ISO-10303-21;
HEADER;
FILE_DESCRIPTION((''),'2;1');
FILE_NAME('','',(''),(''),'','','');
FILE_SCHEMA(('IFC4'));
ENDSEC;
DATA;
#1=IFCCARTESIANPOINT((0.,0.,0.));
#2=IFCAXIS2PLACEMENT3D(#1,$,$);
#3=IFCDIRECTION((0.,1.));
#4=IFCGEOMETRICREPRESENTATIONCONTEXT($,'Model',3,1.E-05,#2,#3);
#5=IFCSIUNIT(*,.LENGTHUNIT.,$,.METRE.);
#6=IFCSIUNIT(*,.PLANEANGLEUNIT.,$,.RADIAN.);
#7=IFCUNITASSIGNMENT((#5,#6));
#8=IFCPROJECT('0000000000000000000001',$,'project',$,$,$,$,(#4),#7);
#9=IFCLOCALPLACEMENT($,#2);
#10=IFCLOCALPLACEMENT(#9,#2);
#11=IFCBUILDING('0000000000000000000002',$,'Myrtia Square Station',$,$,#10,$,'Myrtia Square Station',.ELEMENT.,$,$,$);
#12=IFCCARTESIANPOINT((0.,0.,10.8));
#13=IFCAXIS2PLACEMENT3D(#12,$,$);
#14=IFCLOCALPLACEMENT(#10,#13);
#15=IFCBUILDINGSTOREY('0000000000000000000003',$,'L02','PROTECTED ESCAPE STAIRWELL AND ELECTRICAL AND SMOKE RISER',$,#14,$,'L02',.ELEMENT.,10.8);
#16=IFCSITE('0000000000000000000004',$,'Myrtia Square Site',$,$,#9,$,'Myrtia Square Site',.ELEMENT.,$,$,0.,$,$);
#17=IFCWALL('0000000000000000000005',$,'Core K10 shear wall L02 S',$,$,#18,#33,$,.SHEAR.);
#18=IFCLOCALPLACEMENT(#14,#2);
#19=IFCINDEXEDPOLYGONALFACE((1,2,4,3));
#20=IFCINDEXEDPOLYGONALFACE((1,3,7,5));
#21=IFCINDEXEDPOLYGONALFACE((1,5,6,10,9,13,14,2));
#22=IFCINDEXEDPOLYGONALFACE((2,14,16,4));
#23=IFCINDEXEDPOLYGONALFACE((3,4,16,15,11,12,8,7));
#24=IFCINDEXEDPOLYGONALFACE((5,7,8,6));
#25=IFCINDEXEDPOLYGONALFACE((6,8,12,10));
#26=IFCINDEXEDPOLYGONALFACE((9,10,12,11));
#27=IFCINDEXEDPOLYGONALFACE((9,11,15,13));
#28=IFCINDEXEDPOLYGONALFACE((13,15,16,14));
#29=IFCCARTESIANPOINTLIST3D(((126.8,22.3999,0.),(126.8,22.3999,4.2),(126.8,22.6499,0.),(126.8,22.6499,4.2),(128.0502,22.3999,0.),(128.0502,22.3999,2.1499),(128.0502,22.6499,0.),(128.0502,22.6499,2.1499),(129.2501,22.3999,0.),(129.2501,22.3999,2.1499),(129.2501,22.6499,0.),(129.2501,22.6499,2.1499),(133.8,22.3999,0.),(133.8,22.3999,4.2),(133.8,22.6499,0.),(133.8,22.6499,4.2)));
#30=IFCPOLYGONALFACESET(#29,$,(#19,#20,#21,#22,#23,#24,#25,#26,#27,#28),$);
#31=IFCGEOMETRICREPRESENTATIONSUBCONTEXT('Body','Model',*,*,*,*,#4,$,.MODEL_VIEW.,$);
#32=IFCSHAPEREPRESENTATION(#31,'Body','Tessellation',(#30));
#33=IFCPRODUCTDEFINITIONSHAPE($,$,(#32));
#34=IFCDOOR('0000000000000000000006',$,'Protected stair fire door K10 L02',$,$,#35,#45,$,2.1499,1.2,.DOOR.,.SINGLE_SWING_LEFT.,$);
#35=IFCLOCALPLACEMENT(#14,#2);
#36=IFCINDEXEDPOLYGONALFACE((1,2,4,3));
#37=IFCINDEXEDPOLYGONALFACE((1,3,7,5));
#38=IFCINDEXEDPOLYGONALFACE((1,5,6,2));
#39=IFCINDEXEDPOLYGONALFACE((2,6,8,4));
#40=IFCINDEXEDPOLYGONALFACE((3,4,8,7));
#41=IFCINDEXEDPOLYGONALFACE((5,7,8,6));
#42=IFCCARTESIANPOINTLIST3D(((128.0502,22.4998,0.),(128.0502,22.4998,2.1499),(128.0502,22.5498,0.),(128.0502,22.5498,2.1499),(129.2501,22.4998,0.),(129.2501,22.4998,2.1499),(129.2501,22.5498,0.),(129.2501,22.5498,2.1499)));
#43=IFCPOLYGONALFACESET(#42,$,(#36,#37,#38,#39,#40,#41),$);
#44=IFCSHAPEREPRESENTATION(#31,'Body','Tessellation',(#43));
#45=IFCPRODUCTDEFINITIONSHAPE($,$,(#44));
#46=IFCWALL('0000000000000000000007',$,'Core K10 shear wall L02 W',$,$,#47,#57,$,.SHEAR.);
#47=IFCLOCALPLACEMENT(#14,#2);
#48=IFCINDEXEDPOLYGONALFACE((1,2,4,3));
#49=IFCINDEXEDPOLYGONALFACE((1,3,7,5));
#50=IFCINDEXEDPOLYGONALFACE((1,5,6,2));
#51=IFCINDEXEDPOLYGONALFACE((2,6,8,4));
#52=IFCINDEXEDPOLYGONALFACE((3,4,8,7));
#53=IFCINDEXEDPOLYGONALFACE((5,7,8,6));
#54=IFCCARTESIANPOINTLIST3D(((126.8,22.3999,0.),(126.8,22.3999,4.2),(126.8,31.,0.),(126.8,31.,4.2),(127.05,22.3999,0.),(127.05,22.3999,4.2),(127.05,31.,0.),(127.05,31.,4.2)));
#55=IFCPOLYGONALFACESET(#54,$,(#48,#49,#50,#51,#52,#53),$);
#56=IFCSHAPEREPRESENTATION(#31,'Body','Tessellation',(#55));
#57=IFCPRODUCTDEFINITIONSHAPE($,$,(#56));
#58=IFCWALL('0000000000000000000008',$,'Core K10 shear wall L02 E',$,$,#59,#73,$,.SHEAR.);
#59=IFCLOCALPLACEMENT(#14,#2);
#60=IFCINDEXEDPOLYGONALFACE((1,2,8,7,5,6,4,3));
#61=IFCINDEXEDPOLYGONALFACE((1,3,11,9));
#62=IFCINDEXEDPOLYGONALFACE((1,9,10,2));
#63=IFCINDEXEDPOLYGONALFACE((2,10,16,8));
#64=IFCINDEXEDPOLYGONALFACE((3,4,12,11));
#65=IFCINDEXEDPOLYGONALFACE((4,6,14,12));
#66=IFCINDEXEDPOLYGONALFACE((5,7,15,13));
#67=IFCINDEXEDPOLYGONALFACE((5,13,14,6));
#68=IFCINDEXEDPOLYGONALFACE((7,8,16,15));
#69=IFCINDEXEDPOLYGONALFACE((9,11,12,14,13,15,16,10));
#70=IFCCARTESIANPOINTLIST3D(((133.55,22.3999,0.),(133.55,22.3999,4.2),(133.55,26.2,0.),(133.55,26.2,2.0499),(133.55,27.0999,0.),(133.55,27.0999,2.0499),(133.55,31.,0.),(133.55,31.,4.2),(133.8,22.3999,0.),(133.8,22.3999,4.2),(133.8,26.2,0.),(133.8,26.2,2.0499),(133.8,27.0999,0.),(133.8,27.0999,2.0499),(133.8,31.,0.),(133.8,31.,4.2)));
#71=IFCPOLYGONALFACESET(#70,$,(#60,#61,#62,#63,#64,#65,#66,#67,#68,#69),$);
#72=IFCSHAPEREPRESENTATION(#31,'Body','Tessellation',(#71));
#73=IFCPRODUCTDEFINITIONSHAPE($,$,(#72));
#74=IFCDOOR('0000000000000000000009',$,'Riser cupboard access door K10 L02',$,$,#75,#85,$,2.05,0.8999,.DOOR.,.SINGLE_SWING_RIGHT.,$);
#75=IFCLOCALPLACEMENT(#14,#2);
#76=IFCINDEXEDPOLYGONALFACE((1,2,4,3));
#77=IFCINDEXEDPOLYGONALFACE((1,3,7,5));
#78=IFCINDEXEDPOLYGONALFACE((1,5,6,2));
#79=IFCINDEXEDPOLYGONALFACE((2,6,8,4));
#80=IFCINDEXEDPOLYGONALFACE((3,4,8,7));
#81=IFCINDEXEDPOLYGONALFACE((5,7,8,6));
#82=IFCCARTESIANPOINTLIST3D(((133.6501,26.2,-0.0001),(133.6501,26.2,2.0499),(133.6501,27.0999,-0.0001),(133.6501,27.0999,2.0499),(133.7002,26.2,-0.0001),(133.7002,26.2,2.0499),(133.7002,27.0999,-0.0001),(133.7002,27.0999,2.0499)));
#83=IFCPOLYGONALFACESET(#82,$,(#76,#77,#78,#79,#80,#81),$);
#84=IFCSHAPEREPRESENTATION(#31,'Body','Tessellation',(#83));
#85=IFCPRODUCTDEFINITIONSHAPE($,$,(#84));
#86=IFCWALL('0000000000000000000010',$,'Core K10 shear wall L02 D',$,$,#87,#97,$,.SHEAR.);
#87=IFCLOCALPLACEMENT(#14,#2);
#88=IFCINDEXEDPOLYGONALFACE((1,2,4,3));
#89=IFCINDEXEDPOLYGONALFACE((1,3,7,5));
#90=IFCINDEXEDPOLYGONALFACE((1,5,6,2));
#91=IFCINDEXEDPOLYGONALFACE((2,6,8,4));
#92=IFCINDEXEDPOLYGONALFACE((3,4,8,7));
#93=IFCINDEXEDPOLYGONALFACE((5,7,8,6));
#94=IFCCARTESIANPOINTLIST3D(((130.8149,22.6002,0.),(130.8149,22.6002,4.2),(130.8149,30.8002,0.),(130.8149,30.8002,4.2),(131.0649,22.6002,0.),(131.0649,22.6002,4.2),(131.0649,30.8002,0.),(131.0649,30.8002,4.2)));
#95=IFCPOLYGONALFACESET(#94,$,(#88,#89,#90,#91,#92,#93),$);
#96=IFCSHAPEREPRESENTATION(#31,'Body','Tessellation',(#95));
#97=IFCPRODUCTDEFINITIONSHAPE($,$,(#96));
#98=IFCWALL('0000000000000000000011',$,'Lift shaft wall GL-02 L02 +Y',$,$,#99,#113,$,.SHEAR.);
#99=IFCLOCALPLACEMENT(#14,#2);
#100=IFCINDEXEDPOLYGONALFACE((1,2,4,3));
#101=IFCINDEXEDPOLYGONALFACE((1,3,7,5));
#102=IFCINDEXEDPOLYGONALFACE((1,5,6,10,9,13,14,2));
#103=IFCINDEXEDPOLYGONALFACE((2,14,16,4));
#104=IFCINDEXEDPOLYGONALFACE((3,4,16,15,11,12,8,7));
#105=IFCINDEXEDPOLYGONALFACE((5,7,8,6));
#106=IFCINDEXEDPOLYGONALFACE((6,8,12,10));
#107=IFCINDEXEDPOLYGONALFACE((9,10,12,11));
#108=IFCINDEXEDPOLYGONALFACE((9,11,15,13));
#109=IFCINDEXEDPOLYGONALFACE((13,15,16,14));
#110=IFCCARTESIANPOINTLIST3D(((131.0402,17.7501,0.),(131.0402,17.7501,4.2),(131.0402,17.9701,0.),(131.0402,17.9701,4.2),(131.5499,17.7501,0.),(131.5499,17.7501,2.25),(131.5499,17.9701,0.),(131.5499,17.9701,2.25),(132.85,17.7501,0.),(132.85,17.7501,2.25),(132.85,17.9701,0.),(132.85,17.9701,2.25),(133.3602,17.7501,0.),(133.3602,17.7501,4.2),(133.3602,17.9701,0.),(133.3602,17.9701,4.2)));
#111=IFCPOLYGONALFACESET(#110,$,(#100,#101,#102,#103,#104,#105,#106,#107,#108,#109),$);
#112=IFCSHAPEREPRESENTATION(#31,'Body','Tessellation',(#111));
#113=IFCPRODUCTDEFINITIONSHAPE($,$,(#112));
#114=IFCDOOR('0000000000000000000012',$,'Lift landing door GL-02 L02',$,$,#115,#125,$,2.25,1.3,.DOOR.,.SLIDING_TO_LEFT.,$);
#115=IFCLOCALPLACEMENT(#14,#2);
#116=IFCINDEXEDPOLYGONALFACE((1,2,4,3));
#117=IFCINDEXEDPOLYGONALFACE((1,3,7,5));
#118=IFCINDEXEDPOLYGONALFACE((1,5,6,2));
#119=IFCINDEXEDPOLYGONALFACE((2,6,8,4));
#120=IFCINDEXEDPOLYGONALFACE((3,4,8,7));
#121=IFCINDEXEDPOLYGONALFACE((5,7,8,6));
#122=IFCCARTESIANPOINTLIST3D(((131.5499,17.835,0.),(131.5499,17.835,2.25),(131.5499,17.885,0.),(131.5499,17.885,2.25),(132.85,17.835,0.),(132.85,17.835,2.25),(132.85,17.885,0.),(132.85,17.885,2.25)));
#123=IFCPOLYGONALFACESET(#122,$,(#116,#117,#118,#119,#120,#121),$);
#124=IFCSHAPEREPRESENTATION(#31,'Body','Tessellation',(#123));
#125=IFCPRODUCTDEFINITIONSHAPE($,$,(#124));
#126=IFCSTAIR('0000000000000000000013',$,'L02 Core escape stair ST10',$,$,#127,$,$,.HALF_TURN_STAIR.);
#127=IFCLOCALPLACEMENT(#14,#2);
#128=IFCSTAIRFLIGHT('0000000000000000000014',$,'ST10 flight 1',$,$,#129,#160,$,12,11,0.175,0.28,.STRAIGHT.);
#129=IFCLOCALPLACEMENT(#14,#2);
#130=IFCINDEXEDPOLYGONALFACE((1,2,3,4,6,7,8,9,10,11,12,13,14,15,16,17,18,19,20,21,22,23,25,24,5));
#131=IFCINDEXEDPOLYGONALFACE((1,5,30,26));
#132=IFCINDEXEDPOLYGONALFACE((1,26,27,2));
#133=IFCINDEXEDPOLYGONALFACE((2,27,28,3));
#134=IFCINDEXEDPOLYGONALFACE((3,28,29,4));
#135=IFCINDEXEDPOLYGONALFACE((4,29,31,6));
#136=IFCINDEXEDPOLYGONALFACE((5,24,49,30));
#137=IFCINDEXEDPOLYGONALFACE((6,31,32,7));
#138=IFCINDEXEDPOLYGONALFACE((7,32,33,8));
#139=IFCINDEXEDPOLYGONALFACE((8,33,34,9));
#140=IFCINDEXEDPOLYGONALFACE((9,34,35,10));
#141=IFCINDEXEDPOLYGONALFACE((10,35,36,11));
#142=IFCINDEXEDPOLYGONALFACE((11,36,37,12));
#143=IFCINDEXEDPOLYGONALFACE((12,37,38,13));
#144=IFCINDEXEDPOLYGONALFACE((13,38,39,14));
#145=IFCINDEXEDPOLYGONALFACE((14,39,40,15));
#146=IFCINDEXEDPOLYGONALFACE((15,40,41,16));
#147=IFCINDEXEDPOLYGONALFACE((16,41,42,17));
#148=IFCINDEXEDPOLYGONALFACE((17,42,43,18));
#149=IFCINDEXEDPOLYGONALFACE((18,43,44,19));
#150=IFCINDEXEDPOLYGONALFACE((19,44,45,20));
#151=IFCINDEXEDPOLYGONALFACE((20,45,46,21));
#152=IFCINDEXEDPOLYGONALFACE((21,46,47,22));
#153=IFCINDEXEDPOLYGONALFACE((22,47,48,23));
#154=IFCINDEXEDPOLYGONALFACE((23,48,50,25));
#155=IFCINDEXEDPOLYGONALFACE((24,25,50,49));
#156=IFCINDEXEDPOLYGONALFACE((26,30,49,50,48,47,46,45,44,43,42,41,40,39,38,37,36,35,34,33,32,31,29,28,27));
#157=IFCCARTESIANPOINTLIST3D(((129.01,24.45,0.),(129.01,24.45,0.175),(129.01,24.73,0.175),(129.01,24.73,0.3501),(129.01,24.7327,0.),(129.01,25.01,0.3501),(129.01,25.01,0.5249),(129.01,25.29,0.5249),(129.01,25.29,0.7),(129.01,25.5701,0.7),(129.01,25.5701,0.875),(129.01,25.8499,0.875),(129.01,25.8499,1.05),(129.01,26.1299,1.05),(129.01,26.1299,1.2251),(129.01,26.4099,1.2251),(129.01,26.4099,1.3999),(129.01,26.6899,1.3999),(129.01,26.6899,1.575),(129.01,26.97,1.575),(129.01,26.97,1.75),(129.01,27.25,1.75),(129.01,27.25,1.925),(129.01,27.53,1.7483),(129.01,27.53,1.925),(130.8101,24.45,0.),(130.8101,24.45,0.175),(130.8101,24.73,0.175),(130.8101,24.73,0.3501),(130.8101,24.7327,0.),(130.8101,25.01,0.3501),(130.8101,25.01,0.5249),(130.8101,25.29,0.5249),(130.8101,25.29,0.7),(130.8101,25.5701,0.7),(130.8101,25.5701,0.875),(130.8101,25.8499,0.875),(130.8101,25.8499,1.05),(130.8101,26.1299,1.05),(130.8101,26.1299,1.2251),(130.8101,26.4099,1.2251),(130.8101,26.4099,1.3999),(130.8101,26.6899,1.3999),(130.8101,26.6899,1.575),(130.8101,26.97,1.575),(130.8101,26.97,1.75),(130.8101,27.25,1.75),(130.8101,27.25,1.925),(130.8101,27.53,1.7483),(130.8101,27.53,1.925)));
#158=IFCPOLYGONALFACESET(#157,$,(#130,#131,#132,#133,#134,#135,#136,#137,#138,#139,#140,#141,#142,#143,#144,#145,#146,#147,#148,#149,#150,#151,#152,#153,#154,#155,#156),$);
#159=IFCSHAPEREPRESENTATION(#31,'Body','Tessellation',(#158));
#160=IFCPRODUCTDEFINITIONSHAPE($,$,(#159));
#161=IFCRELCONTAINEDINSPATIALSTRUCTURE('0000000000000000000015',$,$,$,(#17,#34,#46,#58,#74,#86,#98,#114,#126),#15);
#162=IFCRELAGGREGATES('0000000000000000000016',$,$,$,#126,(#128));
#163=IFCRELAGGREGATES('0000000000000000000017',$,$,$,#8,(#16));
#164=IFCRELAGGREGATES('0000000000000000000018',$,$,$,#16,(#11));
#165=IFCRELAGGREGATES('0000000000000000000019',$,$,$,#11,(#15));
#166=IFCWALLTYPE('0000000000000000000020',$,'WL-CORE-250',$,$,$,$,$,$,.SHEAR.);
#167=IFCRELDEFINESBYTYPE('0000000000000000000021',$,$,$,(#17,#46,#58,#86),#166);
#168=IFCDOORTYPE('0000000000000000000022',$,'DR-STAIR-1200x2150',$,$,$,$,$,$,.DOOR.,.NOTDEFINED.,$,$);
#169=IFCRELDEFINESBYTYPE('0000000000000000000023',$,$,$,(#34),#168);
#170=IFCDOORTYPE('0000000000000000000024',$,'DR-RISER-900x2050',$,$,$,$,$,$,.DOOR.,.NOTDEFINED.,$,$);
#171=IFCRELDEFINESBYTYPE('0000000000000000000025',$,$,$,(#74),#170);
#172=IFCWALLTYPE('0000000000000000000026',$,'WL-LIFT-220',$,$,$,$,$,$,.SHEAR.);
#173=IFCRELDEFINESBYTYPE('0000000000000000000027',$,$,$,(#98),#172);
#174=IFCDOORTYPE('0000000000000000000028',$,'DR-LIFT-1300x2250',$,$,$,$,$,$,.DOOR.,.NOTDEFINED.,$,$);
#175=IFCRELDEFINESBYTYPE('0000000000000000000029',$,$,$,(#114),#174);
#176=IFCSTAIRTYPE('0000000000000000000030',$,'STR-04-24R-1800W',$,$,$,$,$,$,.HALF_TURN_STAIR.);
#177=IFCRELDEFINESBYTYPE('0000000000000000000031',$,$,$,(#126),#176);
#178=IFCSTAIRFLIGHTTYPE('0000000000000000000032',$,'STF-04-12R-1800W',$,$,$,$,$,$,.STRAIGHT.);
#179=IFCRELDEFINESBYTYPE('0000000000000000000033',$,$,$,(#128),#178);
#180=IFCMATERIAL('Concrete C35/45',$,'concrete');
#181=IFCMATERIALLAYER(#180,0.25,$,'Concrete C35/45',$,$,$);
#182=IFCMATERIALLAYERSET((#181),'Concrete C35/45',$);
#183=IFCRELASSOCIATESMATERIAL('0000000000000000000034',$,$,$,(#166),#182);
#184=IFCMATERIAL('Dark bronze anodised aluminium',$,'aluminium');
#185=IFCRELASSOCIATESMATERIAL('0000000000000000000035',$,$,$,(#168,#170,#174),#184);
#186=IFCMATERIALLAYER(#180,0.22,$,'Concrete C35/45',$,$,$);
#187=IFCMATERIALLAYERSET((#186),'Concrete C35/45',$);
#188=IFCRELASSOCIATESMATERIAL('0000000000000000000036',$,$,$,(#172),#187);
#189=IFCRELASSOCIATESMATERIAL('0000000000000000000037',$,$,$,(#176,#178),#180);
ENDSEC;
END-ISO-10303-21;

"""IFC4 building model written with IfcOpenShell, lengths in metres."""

from ifc_helpers import new_model, si_unit, direction, frame, frame_2d, origin, place, context, subcontext, project, spatial, polyline, rectangle, outline, extrude, material, layer, layer_set, type_object, element, fill, aggregate, save


model = new_model("IFC4")

# Units and contexts
model_context = context("Model", 3, precision=1e-05, world=origin(), true_north=direction((0.0, 1.0)))
body_context = subcontext(model_context, "Body", "Model", "MODEL_VIEW")
ifc_project = project(units=[si_unit("LENGTHUNIT", "METRE"), si_unit("PLANEANGLEUNIT", "RADIAN")], contexts=[model_context])

# Site, building, storey
site_placement = place(None, origin())
site = spatial("IfcSite", under=ifc_project, at=site_placement, Name="Myrtia Square Site", LongName="Myrtia Square Site", CompositionType="ELEMENT", RefElevation=0.0)
building_placement = place(site_placement, origin())
building = spatial("IfcBuilding", under=site, at=building_placement, Name="Myrtia Square Station", LongName="Myrtia Square Station", CompositionType="ELEMENT")
storey_placement = place(building_placement, frame((0.0, 0.0, 10.8)))
storey = spatial("IfcBuildingStorey", under=building, at=storey_placement, Name="L02", Description="PROTECTED ESCAPE STAIRWELL AND ELECTRICAL AND SMOKE RISER", LongName="L02", CompositionType="ELEMENT", Elevation=10.8)

# Shared definitions
ifc_material_1 = material(Name="Concrete C35/45", Category="concrete")
ifc_layer_1 = layer(ifc_material_1, 0.25, Name="Concrete C35/45")
ifc_layer_set_1 = layer_set([ifc_layer_1], Name="Concrete C35/45")
wall_type_1 = type_object("IfcWallType", Name="WL-CORE-250", PredefinedType="SHEAR", material=ifc_layer_set_1)
ifc_material_2 = material(Name="Dark bronze anodised aluminium", Category="aluminium")
door_type_1 = type_object("IfcDoorType", Name="DR-STAIR-1200x2150", OperationType="NOTDEFINED", PredefinedType="DOOR", material=ifc_material_2)

# Wall, opening, door
wall_1_placement = place(storey_placement, frame((126.8, 22.5249, 0.0), z_axis=(0.0, 0.0, 1.0), x_axis=(1.0, 0.0, 0.0)))
wall_1 = element("IfcWall", 1, at=wall_1_placement, inside=storey, type_object=wall_type_1, Name="Core K10 shear wall L02 S", PredefinedType="SHEAR", context=body_context, shape_type="SweptSolid", body=[
    extrude(rectangle(XDim=7.0, YDim=0.25, at=frame_2d((3.5, 0.0))), origin(), (0.0, 0.0, 1.0), 4.2),
])
opening_1_placement = place(wall_1_placement, frame((1.25, 0.0, 0.0)))
opening_1 = element("IfcOpeningElement", 2, at=opening_1_placement, cuts=wall_1, PredefinedType="OPENING", context=body_context, shape_type="SweptSolid", body=[
    extrude(rectangle(XDim=1.2, YDim=2.1499, at=frame_2d((0.6001, 1.075))), frame((0.0, 0.1399, 0.0), z_axis=(0.0, -1.0, 0.0), x_axis=(1.0, 0.0, 0.0)), (0.0, 0.0, 1.0), 0.28),
])
door_1_placement = place(opening_1_placement, origin())
door_1 = element("IfcDoor", 3, at=door_1_placement, inside=storey, type_object=door_type_1, Name="Protected stair fire door K10 L02", OperationType="SINGLE_SWING_LEFT", OverallHeight=2.1499, OverallWidth=1.2, PredefinedType="DOOR", context=body_context, shape_type="SweptSolid", body=[
    extrude(rectangle(XDim=1.2, YDim=2.1499, at=frame_2d((0.6001, 1.075))), frame((0.0, 0.0249, 0.0), z_axis=(0.0, -1.0, 0.0), x_axis=(1.0, 0.0, 0.0)), (0.0, 0.0, 1.0), 0.05),
])
fill(opening_1, door_1)

# Wall
wall_2_placement = place(storey_placement, frame((126.925, 22.3999, 0.0), z_axis=(0.0, 0.0, 1.0), x_axis=(0.0, 1.0, 0.0)))
element("IfcWall", 4, at=wall_2_placement, inside=storey, type_object=wall_type_1, Name="Core K10 shear wall L02 W", PredefinedType="SHEAR", context=body_context, shape_type="SweptSolid", body=[
    extrude(rectangle(XDim=8.6001, YDim=0.25, at=frame_2d((4.3, 0.0))), origin(), (0.0, 0.0, 1.0), 4.2),
])

# Wall, opening, door
wall_3_placement = place(storey_placement, frame((133.675, 22.3999, 0.0), z_axis=(0.0, 0.0, 1.0), x_axis=(0.0, 1.0, 0.0)))
wall_3 = element("IfcWall", 5, at=wall_3_placement, inside=storey, type_object=wall_type_1, Name="Core K10 shear wall L02 E", PredefinedType="SHEAR", context=body_context, shape_type="SweptSolid", body=[
    extrude(rectangle(XDim=8.6001, YDim=0.25, at=frame_2d((4.3, 0.0))), origin(), (0.0, 0.0, 1.0), 4.2),
])
opening_2_placement = place(wall_3_placement, frame((3.8, 0.0, 0.0)))
opening_2 = element("IfcOpeningElement", 6, at=opening_2_placement, cuts=wall_3, PredefinedType="OPENING", context=body_context, shape_type="SweptSolid", body=[
    extrude(rectangle(XDim=0.8999, YDim=2.05, at=frame_2d((0.45, 1.0249))), frame((0.0, 0.1399, 0.0), z_axis=(0.0, -1.0, 0.0), x_axis=(1.0, 0.0, 0.0)), (0.0, 0.0, 1.0), 0.28),
])
door_type_2 = type_object("IfcDoorType", Name="DR-RISER-900x2050", OperationType="NOTDEFINED", PredefinedType="DOOR", material=ifc_material_2)
door_2_placement = place(opening_2_placement, origin())
door_2 = element("IfcDoor", 7, at=door_2_placement, inside=storey, type_object=door_type_2, Name="Riser cupboard access door K10 L02", OperationType="SINGLE_SWING_RIGHT", OverallHeight=2.05, OverallWidth=0.8999, PredefinedType="DOOR", context=body_context, shape_type="SweptSolid", body=[
    extrude(rectangle(XDim=0.8999, YDim=2.05, at=frame_2d((0.45, 1.0249))), frame((0.0, 0.0249, 0.0), z_axis=(0.0, -1.0, 0.0), x_axis=(1.0, 0.0, 0.0)), (0.0, 0.0, 1.0), 0.05),
])
fill(opening_2, door_2)

# Wall
wall_4_placement = place(storey_placement, frame((130.9399, 22.6001, 0.0), z_axis=(0.0, 0.0, 1.0), x_axis=(0.0, 1.0, 0.0)))
element("IfcWall", 8, at=wall_4_placement, inside=storey, type_object=wall_type_1, Name="Core K10 shear wall L02 D", PredefinedType="SHEAR", context=body_context, shape_type="SweptSolid", body=[
    extrude(rectangle(XDim=8.2, YDim=0.25, at=frame_2d((4.1001, 0.0))), origin(), (0.0, 0.0, 1.0), 4.2),
])

# Wall, opening, door
ifc_layer_2 = layer(ifc_material_1, 0.22, Name="Concrete C35/45")
ifc_layer_set_2 = layer_set([ifc_layer_2], Name="Concrete C35/45")
wall_type_2 = type_object("IfcWallType", Name="WL-LIFT-220", PredefinedType="SHEAR", material=ifc_layer_set_2)
wall_5_placement = place(storey_placement, frame((131.04, 17.8601, 0.0), z_axis=(0.0, 0.0, 1.0), x_axis=(1.0, 0.0, 0.0)))
wall_5 = element("IfcWall", 9, at=wall_5_placement, inside=storey, type_object=wall_type_2, Name="Lift shaft wall GL-02 L02 +Y", PredefinedType="SHEAR", context=body_context, shape_type="SweptSolid", body=[
    extrude(rectangle(XDim=2.3201, YDim=0.22, at=frame_2d((1.1602, 0.0))), origin(), (0.0, 0.0, 1.0), 4.2),
])
opening_3_placement = place(wall_5_placement, frame((0.51, 0.0, 0.0)))
opening_3 = element("IfcOpeningElement", 10, at=opening_3_placement, cuts=wall_5, PredefinedType="OPENING", context=body_context, shape_type="SweptSolid", body=[
    extrude(rectangle(XDim=1.3, YDim=2.25, at=frame_2d((0.6499, 1.125))), frame((0.0, 0.125, 0.0), z_axis=(0.0, -1.0, 0.0), x_axis=(1.0, 0.0, 0.0)), (0.0, 0.0, 1.0), 0.25),
])
door_type_3 = type_object("IfcDoorType", Name="DR-LIFT-1300x2250", OperationType="NOTDEFINED", PredefinedType="DOOR", material=ifc_material_2)
door_3_placement = place(opening_3_placement, origin())
door_3 = element("IfcDoor", 11, at=door_3_placement, inside=storey, type_object=door_type_3, Name="Lift landing door GL-02 L02", OperationType="SLIDING_TO_LEFT", OverallHeight=2.25, OverallWidth=1.3, PredefinedType="DOOR", context=body_context, shape_type="SweptSolid", body=[
    extrude(rectangle(XDim=1.3, YDim=2.25, at=frame_2d((0.6499, 1.125))), frame((0.0, 0.0249, 0.0), z_axis=(0.0, -1.0, 0.0), x_axis=(1.0, 0.0, 0.0)), (0.0, 0.0, 1.0), 0.05),
])
fill(opening_3, door_3)

# Stair, stair flight
stair_type = type_object("IfcStairType", Name="STR-04-24R-1800W", PredefinedType="HALF_TURN_STAIR", material=ifc_material_1)
stair_placement = place(storey_placement, origin())
stair = element("IfcStair", 12, at=stair_placement, inside=storey, type_object=stair_type, Name="L02 Core escape stair ST10", PredefinedType="HALF_TURN_STAIR")
stair_flight_type = type_object("IfcStairFlightType", Name="STF-04-12R-1800W", PredefinedType="STRAIGHT", material=ifc_material_1)
stair_flight_1_placement = place(storey_placement, frame((129.9099, 24.45, 0.0), z_axis=(0.0, 0.0, 1.0), x_axis=(0.0, 1.0, 0.0)))
stair_flight_1 = element("IfcStairFlight", 13, at=stair_flight_1_placement, type_object=stair_flight_type, Name="ST10 flight 1", NumberOfRisers=12, NumberOfTreads=11, PredefinedType="STRAIGHT", RiserHeight=0.175, TreadLength=0.28, context=body_context, shape_type="SweptSolid", body=[
    extrude(outline(polyline([(0.0, 0.0), (0.0, 0.175), (0.28, 0.175), (0.28, 0.3501), (0.5601, 0.3501), (0.5601, 0.5249), (0.8401, 0.5249), (0.8401, 0.7), (1.1201, 0.7), (1.1201, 0.875), (1.3999, 0.875), (1.3999, 1.05), (1.6799, 1.05), (1.6799, 1.2251), (1.96, 1.2251), (1.96, 1.3999), (2.24, 1.3999), (2.24, 1.575), (2.52, 1.575), (2.52, 1.75), (2.8, 1.75), (2.8, 1.925), (3.0801, 1.925), (3.0801, 2.1001), (3.0801, 1.7483), (0.2827, 0.0), (0.0, 0.0)])), frame((0.0, 0.8999, 0.0), z_axis=(0.0, -1.0, 0.0), x_axis=(1.0, 0.0, 0.0)), (0.0, 0.0, 1.0), 1.8),
])
aggregate(stair, [stair_flight_1])

save(model, "model.ifc")
